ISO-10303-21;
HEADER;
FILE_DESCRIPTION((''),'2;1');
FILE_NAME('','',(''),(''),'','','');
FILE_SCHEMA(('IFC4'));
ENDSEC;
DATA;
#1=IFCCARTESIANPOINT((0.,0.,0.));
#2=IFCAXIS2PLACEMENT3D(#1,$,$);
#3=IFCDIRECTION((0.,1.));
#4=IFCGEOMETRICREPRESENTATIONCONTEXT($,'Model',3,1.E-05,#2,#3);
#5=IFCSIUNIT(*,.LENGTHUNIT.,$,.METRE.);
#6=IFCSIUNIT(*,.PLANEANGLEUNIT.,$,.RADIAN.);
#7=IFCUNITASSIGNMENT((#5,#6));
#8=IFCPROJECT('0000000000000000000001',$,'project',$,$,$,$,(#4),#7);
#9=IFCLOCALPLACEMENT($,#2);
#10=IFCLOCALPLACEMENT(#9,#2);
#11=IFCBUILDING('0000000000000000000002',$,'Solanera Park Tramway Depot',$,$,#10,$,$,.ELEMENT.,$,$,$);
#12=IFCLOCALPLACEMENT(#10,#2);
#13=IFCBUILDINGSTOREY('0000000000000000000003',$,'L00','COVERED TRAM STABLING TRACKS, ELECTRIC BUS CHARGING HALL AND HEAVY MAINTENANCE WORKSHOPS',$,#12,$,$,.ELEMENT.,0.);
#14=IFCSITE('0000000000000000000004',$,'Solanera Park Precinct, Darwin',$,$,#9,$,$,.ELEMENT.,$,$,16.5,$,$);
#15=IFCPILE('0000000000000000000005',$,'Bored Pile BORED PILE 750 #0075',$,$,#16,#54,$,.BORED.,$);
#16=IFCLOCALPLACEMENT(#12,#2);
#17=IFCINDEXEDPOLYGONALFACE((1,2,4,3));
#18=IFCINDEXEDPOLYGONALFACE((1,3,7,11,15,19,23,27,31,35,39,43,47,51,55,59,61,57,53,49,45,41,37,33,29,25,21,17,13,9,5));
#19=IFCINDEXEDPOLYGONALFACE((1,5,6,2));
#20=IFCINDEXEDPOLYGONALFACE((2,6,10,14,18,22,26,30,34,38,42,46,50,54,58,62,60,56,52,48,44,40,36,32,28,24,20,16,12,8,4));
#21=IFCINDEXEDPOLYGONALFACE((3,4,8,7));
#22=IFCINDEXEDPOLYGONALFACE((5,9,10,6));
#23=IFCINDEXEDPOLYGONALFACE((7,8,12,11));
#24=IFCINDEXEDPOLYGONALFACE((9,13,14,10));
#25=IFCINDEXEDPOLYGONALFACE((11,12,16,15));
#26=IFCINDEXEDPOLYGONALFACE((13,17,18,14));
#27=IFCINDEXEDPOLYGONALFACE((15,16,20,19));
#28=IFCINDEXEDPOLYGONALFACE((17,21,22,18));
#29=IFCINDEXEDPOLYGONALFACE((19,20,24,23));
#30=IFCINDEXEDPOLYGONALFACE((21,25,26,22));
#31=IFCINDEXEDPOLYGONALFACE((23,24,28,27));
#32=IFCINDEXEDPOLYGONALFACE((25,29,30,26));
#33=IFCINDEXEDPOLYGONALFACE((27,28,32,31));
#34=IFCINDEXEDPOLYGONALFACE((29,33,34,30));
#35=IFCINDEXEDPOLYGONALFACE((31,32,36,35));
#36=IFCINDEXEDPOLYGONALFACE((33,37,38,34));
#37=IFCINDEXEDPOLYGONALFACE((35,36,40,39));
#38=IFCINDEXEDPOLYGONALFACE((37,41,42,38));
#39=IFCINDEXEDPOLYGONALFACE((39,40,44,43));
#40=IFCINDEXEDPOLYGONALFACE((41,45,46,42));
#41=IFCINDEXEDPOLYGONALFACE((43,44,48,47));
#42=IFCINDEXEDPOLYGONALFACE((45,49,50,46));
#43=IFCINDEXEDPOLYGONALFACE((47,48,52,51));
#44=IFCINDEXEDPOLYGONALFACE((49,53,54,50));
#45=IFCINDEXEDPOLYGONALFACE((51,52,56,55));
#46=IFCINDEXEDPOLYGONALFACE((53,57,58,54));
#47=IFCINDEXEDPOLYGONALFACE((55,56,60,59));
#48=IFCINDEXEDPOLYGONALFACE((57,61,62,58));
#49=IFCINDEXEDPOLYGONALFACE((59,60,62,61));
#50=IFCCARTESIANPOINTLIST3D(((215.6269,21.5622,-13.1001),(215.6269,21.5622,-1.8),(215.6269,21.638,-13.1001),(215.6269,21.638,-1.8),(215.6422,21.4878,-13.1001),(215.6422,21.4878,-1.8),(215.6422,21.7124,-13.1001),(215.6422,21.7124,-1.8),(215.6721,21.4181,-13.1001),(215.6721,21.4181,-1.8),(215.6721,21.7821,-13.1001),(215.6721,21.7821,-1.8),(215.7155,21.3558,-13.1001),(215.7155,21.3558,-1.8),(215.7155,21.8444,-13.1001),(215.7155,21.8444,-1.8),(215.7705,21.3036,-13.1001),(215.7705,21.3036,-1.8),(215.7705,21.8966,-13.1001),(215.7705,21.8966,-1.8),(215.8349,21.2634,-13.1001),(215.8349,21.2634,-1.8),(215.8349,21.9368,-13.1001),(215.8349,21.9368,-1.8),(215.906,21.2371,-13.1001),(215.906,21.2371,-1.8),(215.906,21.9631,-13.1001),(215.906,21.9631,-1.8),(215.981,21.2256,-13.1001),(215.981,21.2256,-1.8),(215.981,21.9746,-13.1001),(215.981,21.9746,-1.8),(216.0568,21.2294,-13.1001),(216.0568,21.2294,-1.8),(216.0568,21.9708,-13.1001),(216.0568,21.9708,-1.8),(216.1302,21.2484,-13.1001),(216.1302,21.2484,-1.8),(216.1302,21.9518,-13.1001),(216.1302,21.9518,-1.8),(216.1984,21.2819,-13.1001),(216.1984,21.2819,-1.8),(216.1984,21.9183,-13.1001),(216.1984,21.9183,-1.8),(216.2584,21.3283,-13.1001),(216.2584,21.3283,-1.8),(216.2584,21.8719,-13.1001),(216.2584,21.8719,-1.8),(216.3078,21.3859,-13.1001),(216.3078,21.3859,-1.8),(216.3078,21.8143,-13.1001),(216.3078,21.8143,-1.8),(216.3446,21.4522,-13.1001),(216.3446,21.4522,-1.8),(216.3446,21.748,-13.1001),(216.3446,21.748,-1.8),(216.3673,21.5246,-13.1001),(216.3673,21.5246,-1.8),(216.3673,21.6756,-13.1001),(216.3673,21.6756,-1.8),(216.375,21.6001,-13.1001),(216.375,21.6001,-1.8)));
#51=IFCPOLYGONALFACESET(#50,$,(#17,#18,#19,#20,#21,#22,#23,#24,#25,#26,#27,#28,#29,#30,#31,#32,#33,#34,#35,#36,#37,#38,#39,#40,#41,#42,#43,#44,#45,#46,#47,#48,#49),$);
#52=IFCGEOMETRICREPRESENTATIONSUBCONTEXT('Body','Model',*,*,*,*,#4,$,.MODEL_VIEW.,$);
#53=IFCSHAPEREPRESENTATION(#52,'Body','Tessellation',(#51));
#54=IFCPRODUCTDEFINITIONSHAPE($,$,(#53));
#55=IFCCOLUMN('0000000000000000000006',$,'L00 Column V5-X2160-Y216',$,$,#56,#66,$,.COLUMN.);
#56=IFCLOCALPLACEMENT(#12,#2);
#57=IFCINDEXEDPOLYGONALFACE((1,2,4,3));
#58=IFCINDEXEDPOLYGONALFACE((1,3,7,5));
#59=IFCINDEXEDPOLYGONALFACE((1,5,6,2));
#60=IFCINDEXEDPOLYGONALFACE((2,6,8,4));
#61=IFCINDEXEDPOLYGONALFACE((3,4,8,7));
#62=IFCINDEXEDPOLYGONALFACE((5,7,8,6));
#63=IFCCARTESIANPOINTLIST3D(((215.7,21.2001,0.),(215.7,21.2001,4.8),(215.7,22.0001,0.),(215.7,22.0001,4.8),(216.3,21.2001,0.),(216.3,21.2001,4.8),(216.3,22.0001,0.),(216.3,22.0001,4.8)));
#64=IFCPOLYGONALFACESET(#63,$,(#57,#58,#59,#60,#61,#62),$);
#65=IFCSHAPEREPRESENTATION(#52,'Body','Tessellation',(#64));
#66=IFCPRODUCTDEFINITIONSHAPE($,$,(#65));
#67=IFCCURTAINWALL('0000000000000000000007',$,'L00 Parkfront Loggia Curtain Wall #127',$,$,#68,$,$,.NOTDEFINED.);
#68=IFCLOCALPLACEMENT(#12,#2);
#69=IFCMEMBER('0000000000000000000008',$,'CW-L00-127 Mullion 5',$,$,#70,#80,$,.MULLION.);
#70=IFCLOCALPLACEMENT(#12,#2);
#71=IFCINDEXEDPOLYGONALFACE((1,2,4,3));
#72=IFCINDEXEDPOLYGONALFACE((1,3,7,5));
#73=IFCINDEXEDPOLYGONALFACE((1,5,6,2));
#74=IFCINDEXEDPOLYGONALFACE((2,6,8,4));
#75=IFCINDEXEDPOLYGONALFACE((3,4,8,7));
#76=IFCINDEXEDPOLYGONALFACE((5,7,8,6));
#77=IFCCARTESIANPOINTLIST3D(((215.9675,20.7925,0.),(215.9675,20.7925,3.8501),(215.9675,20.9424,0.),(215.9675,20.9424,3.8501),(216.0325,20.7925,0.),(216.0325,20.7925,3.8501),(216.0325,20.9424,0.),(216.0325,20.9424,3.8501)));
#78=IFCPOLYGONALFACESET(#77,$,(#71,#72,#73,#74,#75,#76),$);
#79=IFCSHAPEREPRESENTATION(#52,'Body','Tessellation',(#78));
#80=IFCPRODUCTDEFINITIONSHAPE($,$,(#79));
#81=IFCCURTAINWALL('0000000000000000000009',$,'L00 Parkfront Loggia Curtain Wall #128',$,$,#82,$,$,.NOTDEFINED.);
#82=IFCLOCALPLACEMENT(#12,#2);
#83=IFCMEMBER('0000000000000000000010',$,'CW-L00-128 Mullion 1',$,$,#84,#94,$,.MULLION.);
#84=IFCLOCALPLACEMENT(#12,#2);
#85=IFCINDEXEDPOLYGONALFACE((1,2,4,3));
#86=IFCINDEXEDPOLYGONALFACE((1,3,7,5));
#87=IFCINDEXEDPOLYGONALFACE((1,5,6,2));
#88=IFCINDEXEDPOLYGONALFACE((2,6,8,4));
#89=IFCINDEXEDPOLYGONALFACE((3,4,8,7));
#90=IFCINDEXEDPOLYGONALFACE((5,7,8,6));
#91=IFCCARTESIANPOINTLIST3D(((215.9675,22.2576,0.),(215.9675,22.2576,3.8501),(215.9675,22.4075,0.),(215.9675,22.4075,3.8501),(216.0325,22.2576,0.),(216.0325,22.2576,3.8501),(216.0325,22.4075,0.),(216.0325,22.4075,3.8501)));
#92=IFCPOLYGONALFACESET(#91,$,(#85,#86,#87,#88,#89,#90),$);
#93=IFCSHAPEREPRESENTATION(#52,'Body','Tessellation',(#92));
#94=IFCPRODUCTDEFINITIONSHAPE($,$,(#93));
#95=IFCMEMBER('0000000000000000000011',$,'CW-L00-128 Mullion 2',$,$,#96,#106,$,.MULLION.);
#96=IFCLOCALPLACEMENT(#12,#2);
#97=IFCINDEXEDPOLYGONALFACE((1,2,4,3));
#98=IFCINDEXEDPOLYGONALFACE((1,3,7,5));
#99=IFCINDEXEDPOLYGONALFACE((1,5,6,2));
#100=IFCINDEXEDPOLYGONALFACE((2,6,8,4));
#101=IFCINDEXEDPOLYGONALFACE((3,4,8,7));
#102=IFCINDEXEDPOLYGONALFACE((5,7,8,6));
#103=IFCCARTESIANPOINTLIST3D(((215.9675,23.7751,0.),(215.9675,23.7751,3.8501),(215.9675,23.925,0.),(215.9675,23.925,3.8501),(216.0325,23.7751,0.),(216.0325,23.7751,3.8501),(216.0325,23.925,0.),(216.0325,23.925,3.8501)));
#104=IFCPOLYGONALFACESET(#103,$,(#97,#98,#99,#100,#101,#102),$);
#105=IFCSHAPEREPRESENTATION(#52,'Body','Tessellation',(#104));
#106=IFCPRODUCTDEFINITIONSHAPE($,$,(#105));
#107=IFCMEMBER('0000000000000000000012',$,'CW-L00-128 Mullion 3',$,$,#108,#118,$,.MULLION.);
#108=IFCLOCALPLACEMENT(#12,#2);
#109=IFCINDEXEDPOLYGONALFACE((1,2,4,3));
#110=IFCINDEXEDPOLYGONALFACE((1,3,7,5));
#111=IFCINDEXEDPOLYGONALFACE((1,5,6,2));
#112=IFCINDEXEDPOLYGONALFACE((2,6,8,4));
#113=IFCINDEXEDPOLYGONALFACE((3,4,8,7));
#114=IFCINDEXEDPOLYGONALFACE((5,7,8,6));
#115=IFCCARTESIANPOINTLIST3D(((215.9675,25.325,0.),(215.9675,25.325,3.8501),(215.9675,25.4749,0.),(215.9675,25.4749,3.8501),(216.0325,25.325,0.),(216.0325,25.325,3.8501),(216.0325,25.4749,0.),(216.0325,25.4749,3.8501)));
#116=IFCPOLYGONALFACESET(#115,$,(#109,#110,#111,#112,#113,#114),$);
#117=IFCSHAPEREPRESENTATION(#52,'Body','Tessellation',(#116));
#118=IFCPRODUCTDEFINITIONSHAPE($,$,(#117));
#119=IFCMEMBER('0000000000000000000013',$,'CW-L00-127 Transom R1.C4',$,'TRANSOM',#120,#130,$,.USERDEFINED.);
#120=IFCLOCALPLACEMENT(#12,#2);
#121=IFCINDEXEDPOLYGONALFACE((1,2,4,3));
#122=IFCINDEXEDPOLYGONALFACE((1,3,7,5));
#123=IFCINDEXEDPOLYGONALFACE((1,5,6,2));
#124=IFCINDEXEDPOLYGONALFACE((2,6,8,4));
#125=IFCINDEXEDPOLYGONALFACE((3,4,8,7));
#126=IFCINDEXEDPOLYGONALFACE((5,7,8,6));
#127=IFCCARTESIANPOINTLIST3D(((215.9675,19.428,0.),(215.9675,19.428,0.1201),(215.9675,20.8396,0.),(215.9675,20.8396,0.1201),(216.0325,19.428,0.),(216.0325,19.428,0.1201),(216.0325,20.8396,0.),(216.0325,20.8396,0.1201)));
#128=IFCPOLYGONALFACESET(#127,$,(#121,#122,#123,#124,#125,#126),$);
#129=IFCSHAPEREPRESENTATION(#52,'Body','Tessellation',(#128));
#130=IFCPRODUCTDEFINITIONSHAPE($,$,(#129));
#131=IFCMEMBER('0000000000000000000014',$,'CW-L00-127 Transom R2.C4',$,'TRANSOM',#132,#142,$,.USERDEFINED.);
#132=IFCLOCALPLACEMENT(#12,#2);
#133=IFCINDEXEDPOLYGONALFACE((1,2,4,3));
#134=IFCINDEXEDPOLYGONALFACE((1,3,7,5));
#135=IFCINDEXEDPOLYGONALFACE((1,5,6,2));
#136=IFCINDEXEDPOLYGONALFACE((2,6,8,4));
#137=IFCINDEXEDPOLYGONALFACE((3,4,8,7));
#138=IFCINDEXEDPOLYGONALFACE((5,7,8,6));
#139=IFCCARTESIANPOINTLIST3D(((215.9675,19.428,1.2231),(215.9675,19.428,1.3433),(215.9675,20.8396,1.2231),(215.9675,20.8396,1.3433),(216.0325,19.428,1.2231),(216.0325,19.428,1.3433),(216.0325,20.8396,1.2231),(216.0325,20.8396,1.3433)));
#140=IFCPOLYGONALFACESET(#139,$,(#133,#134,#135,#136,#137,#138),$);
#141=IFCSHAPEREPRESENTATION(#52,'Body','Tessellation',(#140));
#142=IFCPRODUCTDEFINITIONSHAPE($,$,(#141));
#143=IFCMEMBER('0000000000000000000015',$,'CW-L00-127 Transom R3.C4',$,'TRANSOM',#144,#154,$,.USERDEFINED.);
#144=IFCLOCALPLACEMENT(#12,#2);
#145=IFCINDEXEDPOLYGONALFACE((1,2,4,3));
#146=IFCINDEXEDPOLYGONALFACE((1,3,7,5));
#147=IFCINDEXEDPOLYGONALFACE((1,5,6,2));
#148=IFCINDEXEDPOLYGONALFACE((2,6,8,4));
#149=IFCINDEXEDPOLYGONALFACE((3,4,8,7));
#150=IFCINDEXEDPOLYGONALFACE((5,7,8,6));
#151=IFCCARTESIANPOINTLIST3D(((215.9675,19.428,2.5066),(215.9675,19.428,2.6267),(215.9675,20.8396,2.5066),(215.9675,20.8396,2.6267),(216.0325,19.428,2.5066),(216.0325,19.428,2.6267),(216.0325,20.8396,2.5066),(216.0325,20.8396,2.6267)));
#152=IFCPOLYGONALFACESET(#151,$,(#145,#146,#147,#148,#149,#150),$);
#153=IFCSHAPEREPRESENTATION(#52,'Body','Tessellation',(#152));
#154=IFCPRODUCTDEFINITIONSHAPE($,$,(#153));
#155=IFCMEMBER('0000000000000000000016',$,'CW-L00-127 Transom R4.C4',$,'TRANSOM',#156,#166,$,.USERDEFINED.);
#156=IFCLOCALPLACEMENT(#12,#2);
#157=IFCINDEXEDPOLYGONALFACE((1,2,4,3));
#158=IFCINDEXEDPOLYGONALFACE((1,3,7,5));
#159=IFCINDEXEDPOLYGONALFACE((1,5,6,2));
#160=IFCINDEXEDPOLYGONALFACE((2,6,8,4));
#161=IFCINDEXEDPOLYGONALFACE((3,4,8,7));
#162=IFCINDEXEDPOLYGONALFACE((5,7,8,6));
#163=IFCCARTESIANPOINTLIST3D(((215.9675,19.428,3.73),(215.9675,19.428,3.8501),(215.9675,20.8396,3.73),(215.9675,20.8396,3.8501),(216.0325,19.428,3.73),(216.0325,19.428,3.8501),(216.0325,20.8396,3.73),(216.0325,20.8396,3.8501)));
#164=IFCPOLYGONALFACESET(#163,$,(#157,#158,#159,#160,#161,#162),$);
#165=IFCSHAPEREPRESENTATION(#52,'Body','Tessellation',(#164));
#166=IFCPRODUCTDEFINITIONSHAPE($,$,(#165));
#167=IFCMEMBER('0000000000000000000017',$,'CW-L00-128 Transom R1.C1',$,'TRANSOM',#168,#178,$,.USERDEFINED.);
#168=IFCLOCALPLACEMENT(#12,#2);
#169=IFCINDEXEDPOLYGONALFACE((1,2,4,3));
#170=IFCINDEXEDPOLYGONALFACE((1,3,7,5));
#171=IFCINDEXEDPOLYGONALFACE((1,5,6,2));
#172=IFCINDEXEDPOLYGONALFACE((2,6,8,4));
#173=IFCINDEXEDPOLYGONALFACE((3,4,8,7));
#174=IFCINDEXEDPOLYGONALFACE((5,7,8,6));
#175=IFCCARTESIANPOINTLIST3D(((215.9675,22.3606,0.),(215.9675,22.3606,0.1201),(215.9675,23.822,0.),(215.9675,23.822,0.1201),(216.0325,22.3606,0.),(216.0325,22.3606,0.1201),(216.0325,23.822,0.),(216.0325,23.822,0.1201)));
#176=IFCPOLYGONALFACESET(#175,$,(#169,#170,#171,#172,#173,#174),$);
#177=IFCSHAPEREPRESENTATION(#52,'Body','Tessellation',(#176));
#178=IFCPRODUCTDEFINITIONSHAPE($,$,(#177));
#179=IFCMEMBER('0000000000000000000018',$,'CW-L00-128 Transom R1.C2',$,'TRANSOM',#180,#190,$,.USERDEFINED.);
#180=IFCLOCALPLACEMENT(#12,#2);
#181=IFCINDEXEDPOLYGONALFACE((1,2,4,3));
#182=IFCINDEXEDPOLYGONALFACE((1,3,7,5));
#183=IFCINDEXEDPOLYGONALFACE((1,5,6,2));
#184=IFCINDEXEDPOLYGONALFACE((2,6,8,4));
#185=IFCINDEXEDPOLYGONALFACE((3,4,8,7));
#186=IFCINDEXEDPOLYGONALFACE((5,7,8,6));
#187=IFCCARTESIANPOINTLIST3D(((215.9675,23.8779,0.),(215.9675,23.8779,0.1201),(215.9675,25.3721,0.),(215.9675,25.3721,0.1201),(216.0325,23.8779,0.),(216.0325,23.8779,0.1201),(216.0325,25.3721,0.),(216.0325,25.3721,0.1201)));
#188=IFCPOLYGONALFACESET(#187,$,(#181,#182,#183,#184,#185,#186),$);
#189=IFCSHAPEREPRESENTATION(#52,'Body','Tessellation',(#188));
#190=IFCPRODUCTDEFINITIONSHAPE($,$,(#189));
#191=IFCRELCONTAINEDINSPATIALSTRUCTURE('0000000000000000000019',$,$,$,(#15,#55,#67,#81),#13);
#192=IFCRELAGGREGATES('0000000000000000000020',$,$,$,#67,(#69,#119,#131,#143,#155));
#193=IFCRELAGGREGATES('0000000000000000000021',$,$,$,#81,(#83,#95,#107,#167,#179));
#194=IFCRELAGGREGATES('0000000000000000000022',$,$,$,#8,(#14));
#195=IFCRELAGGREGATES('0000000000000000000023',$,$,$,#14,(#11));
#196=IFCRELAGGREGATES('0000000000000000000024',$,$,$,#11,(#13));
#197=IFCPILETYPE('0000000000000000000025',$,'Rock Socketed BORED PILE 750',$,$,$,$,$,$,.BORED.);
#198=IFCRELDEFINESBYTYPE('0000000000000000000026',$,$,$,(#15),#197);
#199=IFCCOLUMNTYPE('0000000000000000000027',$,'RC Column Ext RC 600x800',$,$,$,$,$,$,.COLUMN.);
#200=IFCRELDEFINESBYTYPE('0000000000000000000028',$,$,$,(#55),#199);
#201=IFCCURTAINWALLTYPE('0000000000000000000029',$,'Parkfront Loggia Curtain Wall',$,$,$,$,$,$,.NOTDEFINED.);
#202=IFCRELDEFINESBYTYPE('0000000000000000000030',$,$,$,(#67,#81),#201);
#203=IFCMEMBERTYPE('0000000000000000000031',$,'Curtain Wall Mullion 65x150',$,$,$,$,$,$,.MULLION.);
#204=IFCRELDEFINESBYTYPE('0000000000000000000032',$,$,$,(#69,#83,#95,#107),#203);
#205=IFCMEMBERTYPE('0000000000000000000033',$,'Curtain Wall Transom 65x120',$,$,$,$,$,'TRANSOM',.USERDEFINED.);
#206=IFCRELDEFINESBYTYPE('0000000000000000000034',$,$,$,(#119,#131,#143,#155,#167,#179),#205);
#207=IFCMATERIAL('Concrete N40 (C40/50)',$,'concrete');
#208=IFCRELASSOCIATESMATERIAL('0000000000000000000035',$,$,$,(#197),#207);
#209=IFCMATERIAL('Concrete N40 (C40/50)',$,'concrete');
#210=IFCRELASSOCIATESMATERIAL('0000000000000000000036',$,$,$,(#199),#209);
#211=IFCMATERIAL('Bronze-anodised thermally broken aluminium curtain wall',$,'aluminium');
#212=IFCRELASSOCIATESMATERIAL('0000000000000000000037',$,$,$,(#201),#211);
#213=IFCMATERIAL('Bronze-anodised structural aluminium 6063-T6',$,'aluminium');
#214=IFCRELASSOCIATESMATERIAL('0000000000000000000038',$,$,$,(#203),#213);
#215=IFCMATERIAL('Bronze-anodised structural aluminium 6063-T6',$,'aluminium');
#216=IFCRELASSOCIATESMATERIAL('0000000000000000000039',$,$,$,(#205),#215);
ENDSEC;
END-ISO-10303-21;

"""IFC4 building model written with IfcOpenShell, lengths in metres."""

from ifc_helpers import new_model, si_unit, direction, frame, origin, origin_2d, place, context, subcontext, project, spatial, rectangle, circle, extrude, material, material_profile, profile_set, type_object, element, aggregate, save


model = new_model("IFC4")

# Units and contexts
model_context = context("Model", 3, precision=1e-05, world=origin(), true_north=direction((0.0, 1.0)))
body_context = subcontext(model_context, "Body", "Model", "MODEL_VIEW")
ifc_project = project(units=[si_unit("LENGTHUNIT", "METRE"), si_unit("PLANEANGLEUNIT", "RADIAN")], contexts=[model_context])

# Site, building, storey
site_placement = place(None, origin())
site = spatial("IfcSite", under=ifc_project, at=site_placement, Name="Solanera Park Precinct, Darwin", CompositionType="ELEMENT", RefElevation=16.5)
building_placement = place(site_placement, origin())
building = spatial("IfcBuilding", under=site, at=building_placement, Name="Solanera Park Tramway Depot", CompositionType="ELEMENT")
storey_placement = place(building_placement, origin())
storey = spatial("IfcBuildingStorey", under=building, at=storey_placement, Name="L00", Description="COVERED TRAM STABLING TRACKS, ELECTRIC BUS CHARGING HALL AND HEAVY MAINTENANCE WORKSHOPS", CompositionType="ELEMENT", Elevation=0.0)

# Pile
ifc_material_1 = material(Name="Concrete N40 (C40/50)", Category="concrete")
ifc_material_profile_1 = material_profile(ifc_material_1, circle(Radius=0.375, at=origin_2d()), Name="BORED PILE 750")
ifc_profile_set_1 = profile_set([ifc_material_profile_1], Name="Concrete N40 (C40/50)")
pile_type = type_object("IfcPileType", Name="Rock Socketed BORED PILE 750", PredefinedType="BORED", material=ifc_profile_set_1)
pile_placement = place(storey_placement, frame((216.0, 21.6001, -1.8), z_axis=(0.0, 0.0, -1.0), x_axis=(1.0, 0.0, 0.0)))
element("IfcPile", 1, at=pile_placement, inside=storey, type_object=pile_type, Name="Bored Pile BORED PILE 750 #0075", PredefinedType="BORED", context=body_context, shape_type="SweptSolid", body=[
    extrude(circle(Radius=0.375, at=origin_2d()), origin(), (0.0, 0.0, 1.0), 11.3),
])

# Column
ifc_material_2 = material(Name="Concrete N40 (C40/50)", Category="concrete")
ifc_material_profile_2 = material_profile(ifc_material_2, rectangle(XDim=0.6001, YDim=0.8, at=origin_2d()), Name="RC 600x800")
ifc_profile_set_2 = profile_set([ifc_material_profile_2], Name="Concrete N40 (C40/50)")
column_type = type_object("IfcColumnType", Name="RC Column Ext RC 600x800", PredefinedType="COLUMN", material=ifc_profile_set_2)
column_placement = place(storey_placement, frame((216.0, 21.6001, 0.0), z_axis=(0.0, 0.0, 1.0), x_axis=(1.0, 0.0, 0.0)))
element("IfcColumn", 2, at=column_placement, inside=storey, type_object=column_type, Name="L00 Column V5-X2160-Y216", PredefinedType="COLUMN", context=body_context, shape_type="SweptSolid", body=[
    extrude(rectangle(XDim=0.6001, YDim=0.8, at=origin_2d()), origin(), (0.0, 0.0, 1.0), 4.8),
])

# Curtain wall, member
ifc_material_3 = material(Name="Bronze-anodised thermally broken aluminium curtain wall", Category="aluminium")
curtain_wall_type = type_object("IfcCurtainWallType", Name="Parkfront Loggia Curtain Wall", PredefinedType="NOTDEFINED", material=ifc_material_3)
curtain_wall_1_placement = place(storey_placement, origin())
curtain_wall_1 = element("IfcCurtainWall", 3, at=curtain_wall_1_placement, inside=storey, type_object=curtain_wall_type, Name="L00 Parkfront Loggia Curtain Wall #127", PredefinedType="NOTDEFINED")
ifc_material_4 = material(Name="Bronze-anodised structural aluminium 6063-T6", Category="aluminium")
ifc_material_profile_3 = material_profile(ifc_material_4, rectangle(XDim=0.0649, YDim=0.1499, at=origin_2d()), Name="Curtain Wall Mullion 65x150")
ifc_profile_set_3 = profile_set([ifc_material_profile_3], Name="Bronze-anodised structural aluminium 6063-T6")
member_type_1 = type_object("IfcMemberType", Name="Curtain Wall Mullion 65x150", PredefinedType="MULLION", material=ifc_profile_set_3)
member_1_placement = place(storey_placement, frame((216.0, 20.8674, 0.0), z_axis=(0.0, 0.0, 1.0), x_axis=(1.0, 0.0, 0.0)))
member_1 = element("IfcMember", 4, at=member_1_placement, type_object=member_type_1, Name="CW-L00-127 Mullion 5", PredefinedType="MULLION", context=body_context, shape_type="SweptSolid", body=[
    extrude(rectangle(XDim=0.0649, YDim=0.1499, at=origin_2d()), origin(), (0.0, 0.0, 1.0), 3.8501),
])

# Curtain wall, members
curtain_wall_2_placement = place(storey_placement, origin())
curtain_wall_2 = element("IfcCurtainWall", 5, at=curtain_wall_2_placement, inside=storey, type_object=curtain_wall_type, Name="L00 Parkfront Loggia Curtain Wall #128", PredefinedType="NOTDEFINED")
member_2_placement = place(storey_placement, frame((216.0, 22.3325, 0.0), z_axis=(0.0, 0.0, 1.0), x_axis=(1.0, 0.0, 0.0)))
member_2 = element("IfcMember", 6, at=member_2_placement, type_object=member_type_1, Name="CW-L00-128 Mullion 1", PredefinedType="MULLION", context=body_context, shape_type="SweptSolid", body=[
    extrude(rectangle(XDim=0.0649, YDim=0.1499, at=origin_2d()), origin(), (0.0, 0.0, 1.0), 3.8501),
])
member_3_placement = place(storey_placement, frame((216.0, 23.8501, 0.0), z_axis=(0.0, 0.0, 1.0), x_axis=(1.0, 0.0, 0.0)))
member_3 = element("IfcMember", 7, at=member_3_placement, type_object=member_type_1, Name="CW-L00-128 Mullion 2", PredefinedType="MULLION", context=body_context, shape_type="SweptSolid", body=[
    extrude(rectangle(XDim=0.0649, YDim=0.1499, at=origin_2d()), origin(), (0.0, 0.0, 1.0), 3.8501),
])
member_4_placement = place(storey_placement, frame((216.0, 25.3999, 0.0), z_axis=(0.0, 0.0, 1.0), x_axis=(1.0, 0.0, 0.0)))
member_4 = element("IfcMember", 8, at=member_4_placement, type_object=member_type_1, Name="CW-L00-128 Mullion 3", PredefinedType="MULLION", context=body_context, shape_type="SweptSolid", body=[
    extrude(rectangle(XDim=0.0649, YDim=0.1499, at=origin_2d()), origin(), (0.0, 0.0, 1.0), 3.8501),
])

# Members
ifc_material_5 = material(Name="Bronze-anodised structural aluminium 6063-T6", Category="aluminium")
ifc_material_profile_4 = material_profile(ifc_material_5, rectangle(XDim=0.0649, YDim=0.1201, at=origin_2d()), Name="Curtain Wall Transom 65x120")
ifc_profile_set_4 = profile_set([ifc_material_profile_4], Name="Bronze-anodised structural aluminium 6063-T6")
member_type_2 = type_object("IfcMemberType", Name="Curtain Wall Transom 65x120", ElementType="TRANSOM", PredefinedType="USERDEFINED", material=ifc_profile_set_4)
member_5_placement = place(storey_placement, frame((216.0, 19.428, 0.0601), z_axis=(0.0, 1.0, 0.0), x_axis=(-1.0, 0.0, 0.0)))
member_5 = element("IfcMember", 9, at=member_5_placement, type_object=member_type_2, Name="CW-L00-127 Transom R1.C4", ObjectType="TRANSOM", PredefinedType="USERDEFINED", context=body_context, shape_type="SweptSolid", body=[
    extrude(rectangle(XDim=0.0649, YDim=0.1201, at=origin_2d()), origin(), (0.0, 0.0, 1.0), 1.4116),
])
member_6_placement = place(storey_placement, frame((216.0, 19.428, 1.2832), z_axis=(0.0, 1.0, 0.0), x_axis=(-1.0, 0.0, 0.0)))
member_6 = element("IfcMember", 10, at=member_6_placement, type_object=member_type_2, Name="CW-L00-127 Transom R2.C4", ObjectType="TRANSOM", PredefinedType="USERDEFINED", context=body_context, shape_type="SweptSolid", body=[
    extrude(rectangle(XDim=0.0649, YDim=0.1201, at=origin_2d()), origin(), (0.0, 0.0, 1.0), 1.4116),
])
member_7_placement = place(storey_placement, frame((216.0, 19.428, 2.5667), z_axis=(0.0, 1.0, 0.0), x_axis=(-1.0, 0.0, 0.0)))
member_7 = element("IfcMember", 11, at=member_7_placement, type_object=member_type_2, Name="CW-L00-127 Transom R3.C4", ObjectType="TRANSOM", PredefinedType="USERDEFINED", context=body_context, shape_type="SweptSolid", body=[
    extrude(rectangle(XDim=0.0649, YDim=0.1201, at=origin_2d()), origin(), (0.0, 0.0, 1.0), 1.4116),
])
member_8_placement = place(storey_placement, frame((216.0, 19.428, 3.79), z_axis=(0.0, 1.0, 0.0), x_axis=(-1.0, 0.0, 0.0)))
member_8 = element("IfcMember", 12, at=member_8_placement, type_object=member_type_2, Name="CW-L00-127 Transom R4.C4", ObjectType="TRANSOM", PredefinedType="USERDEFINED", context=body_context, shape_type="SweptSolid", body=[
    extrude(rectangle(XDim=0.0649, YDim=0.1201, at=origin_2d()), origin(), (0.0, 0.0, 1.0), 1.4116),
])
member_9_placement = place(storey_placement, frame((216.0, 22.3606, 0.0601), z_axis=(0.0, 1.0, 0.0), x_axis=(-1.0, 0.0, 0.0)))
member_9 = element("IfcMember", 13, at=member_9_placement, type_object=member_type_2, Name="CW-L00-128 Transom R1.C1", ObjectType="TRANSOM", PredefinedType="USERDEFINED", context=body_context, shape_type="SweptSolid", body=[
    extrude(rectangle(XDim=0.0649, YDim=0.1201, at=origin_2d()), origin(), (0.0, 0.0, 1.0), 1.4614),
])
member_10_placement = place(storey_placement, frame((216.0, 23.8779, 0.0601), z_axis=(0.0, 1.0, 0.0), x_axis=(-1.0, 0.0, 0.0)))
member_10 = element("IfcMember", 14, at=member_10_placement, type_object=member_type_2, Name="CW-L00-128 Transom R1.C2", ObjectType="TRANSOM", PredefinedType="USERDEFINED", context=body_context, shape_type="SweptSolid", body=[
    extrude(rectangle(XDim=0.0649, YDim=0.1201, at=origin_2d()), origin(), (0.0, 0.0, 1.0), 1.4941),
])

aggregate(curtain_wall_1, [member_1, member_5, member_6, member_7, member_8])
aggregate(curtain_wall_2, [member_2, member_3, member_4, member_9, member_10])

save(model, "model.ifc")
